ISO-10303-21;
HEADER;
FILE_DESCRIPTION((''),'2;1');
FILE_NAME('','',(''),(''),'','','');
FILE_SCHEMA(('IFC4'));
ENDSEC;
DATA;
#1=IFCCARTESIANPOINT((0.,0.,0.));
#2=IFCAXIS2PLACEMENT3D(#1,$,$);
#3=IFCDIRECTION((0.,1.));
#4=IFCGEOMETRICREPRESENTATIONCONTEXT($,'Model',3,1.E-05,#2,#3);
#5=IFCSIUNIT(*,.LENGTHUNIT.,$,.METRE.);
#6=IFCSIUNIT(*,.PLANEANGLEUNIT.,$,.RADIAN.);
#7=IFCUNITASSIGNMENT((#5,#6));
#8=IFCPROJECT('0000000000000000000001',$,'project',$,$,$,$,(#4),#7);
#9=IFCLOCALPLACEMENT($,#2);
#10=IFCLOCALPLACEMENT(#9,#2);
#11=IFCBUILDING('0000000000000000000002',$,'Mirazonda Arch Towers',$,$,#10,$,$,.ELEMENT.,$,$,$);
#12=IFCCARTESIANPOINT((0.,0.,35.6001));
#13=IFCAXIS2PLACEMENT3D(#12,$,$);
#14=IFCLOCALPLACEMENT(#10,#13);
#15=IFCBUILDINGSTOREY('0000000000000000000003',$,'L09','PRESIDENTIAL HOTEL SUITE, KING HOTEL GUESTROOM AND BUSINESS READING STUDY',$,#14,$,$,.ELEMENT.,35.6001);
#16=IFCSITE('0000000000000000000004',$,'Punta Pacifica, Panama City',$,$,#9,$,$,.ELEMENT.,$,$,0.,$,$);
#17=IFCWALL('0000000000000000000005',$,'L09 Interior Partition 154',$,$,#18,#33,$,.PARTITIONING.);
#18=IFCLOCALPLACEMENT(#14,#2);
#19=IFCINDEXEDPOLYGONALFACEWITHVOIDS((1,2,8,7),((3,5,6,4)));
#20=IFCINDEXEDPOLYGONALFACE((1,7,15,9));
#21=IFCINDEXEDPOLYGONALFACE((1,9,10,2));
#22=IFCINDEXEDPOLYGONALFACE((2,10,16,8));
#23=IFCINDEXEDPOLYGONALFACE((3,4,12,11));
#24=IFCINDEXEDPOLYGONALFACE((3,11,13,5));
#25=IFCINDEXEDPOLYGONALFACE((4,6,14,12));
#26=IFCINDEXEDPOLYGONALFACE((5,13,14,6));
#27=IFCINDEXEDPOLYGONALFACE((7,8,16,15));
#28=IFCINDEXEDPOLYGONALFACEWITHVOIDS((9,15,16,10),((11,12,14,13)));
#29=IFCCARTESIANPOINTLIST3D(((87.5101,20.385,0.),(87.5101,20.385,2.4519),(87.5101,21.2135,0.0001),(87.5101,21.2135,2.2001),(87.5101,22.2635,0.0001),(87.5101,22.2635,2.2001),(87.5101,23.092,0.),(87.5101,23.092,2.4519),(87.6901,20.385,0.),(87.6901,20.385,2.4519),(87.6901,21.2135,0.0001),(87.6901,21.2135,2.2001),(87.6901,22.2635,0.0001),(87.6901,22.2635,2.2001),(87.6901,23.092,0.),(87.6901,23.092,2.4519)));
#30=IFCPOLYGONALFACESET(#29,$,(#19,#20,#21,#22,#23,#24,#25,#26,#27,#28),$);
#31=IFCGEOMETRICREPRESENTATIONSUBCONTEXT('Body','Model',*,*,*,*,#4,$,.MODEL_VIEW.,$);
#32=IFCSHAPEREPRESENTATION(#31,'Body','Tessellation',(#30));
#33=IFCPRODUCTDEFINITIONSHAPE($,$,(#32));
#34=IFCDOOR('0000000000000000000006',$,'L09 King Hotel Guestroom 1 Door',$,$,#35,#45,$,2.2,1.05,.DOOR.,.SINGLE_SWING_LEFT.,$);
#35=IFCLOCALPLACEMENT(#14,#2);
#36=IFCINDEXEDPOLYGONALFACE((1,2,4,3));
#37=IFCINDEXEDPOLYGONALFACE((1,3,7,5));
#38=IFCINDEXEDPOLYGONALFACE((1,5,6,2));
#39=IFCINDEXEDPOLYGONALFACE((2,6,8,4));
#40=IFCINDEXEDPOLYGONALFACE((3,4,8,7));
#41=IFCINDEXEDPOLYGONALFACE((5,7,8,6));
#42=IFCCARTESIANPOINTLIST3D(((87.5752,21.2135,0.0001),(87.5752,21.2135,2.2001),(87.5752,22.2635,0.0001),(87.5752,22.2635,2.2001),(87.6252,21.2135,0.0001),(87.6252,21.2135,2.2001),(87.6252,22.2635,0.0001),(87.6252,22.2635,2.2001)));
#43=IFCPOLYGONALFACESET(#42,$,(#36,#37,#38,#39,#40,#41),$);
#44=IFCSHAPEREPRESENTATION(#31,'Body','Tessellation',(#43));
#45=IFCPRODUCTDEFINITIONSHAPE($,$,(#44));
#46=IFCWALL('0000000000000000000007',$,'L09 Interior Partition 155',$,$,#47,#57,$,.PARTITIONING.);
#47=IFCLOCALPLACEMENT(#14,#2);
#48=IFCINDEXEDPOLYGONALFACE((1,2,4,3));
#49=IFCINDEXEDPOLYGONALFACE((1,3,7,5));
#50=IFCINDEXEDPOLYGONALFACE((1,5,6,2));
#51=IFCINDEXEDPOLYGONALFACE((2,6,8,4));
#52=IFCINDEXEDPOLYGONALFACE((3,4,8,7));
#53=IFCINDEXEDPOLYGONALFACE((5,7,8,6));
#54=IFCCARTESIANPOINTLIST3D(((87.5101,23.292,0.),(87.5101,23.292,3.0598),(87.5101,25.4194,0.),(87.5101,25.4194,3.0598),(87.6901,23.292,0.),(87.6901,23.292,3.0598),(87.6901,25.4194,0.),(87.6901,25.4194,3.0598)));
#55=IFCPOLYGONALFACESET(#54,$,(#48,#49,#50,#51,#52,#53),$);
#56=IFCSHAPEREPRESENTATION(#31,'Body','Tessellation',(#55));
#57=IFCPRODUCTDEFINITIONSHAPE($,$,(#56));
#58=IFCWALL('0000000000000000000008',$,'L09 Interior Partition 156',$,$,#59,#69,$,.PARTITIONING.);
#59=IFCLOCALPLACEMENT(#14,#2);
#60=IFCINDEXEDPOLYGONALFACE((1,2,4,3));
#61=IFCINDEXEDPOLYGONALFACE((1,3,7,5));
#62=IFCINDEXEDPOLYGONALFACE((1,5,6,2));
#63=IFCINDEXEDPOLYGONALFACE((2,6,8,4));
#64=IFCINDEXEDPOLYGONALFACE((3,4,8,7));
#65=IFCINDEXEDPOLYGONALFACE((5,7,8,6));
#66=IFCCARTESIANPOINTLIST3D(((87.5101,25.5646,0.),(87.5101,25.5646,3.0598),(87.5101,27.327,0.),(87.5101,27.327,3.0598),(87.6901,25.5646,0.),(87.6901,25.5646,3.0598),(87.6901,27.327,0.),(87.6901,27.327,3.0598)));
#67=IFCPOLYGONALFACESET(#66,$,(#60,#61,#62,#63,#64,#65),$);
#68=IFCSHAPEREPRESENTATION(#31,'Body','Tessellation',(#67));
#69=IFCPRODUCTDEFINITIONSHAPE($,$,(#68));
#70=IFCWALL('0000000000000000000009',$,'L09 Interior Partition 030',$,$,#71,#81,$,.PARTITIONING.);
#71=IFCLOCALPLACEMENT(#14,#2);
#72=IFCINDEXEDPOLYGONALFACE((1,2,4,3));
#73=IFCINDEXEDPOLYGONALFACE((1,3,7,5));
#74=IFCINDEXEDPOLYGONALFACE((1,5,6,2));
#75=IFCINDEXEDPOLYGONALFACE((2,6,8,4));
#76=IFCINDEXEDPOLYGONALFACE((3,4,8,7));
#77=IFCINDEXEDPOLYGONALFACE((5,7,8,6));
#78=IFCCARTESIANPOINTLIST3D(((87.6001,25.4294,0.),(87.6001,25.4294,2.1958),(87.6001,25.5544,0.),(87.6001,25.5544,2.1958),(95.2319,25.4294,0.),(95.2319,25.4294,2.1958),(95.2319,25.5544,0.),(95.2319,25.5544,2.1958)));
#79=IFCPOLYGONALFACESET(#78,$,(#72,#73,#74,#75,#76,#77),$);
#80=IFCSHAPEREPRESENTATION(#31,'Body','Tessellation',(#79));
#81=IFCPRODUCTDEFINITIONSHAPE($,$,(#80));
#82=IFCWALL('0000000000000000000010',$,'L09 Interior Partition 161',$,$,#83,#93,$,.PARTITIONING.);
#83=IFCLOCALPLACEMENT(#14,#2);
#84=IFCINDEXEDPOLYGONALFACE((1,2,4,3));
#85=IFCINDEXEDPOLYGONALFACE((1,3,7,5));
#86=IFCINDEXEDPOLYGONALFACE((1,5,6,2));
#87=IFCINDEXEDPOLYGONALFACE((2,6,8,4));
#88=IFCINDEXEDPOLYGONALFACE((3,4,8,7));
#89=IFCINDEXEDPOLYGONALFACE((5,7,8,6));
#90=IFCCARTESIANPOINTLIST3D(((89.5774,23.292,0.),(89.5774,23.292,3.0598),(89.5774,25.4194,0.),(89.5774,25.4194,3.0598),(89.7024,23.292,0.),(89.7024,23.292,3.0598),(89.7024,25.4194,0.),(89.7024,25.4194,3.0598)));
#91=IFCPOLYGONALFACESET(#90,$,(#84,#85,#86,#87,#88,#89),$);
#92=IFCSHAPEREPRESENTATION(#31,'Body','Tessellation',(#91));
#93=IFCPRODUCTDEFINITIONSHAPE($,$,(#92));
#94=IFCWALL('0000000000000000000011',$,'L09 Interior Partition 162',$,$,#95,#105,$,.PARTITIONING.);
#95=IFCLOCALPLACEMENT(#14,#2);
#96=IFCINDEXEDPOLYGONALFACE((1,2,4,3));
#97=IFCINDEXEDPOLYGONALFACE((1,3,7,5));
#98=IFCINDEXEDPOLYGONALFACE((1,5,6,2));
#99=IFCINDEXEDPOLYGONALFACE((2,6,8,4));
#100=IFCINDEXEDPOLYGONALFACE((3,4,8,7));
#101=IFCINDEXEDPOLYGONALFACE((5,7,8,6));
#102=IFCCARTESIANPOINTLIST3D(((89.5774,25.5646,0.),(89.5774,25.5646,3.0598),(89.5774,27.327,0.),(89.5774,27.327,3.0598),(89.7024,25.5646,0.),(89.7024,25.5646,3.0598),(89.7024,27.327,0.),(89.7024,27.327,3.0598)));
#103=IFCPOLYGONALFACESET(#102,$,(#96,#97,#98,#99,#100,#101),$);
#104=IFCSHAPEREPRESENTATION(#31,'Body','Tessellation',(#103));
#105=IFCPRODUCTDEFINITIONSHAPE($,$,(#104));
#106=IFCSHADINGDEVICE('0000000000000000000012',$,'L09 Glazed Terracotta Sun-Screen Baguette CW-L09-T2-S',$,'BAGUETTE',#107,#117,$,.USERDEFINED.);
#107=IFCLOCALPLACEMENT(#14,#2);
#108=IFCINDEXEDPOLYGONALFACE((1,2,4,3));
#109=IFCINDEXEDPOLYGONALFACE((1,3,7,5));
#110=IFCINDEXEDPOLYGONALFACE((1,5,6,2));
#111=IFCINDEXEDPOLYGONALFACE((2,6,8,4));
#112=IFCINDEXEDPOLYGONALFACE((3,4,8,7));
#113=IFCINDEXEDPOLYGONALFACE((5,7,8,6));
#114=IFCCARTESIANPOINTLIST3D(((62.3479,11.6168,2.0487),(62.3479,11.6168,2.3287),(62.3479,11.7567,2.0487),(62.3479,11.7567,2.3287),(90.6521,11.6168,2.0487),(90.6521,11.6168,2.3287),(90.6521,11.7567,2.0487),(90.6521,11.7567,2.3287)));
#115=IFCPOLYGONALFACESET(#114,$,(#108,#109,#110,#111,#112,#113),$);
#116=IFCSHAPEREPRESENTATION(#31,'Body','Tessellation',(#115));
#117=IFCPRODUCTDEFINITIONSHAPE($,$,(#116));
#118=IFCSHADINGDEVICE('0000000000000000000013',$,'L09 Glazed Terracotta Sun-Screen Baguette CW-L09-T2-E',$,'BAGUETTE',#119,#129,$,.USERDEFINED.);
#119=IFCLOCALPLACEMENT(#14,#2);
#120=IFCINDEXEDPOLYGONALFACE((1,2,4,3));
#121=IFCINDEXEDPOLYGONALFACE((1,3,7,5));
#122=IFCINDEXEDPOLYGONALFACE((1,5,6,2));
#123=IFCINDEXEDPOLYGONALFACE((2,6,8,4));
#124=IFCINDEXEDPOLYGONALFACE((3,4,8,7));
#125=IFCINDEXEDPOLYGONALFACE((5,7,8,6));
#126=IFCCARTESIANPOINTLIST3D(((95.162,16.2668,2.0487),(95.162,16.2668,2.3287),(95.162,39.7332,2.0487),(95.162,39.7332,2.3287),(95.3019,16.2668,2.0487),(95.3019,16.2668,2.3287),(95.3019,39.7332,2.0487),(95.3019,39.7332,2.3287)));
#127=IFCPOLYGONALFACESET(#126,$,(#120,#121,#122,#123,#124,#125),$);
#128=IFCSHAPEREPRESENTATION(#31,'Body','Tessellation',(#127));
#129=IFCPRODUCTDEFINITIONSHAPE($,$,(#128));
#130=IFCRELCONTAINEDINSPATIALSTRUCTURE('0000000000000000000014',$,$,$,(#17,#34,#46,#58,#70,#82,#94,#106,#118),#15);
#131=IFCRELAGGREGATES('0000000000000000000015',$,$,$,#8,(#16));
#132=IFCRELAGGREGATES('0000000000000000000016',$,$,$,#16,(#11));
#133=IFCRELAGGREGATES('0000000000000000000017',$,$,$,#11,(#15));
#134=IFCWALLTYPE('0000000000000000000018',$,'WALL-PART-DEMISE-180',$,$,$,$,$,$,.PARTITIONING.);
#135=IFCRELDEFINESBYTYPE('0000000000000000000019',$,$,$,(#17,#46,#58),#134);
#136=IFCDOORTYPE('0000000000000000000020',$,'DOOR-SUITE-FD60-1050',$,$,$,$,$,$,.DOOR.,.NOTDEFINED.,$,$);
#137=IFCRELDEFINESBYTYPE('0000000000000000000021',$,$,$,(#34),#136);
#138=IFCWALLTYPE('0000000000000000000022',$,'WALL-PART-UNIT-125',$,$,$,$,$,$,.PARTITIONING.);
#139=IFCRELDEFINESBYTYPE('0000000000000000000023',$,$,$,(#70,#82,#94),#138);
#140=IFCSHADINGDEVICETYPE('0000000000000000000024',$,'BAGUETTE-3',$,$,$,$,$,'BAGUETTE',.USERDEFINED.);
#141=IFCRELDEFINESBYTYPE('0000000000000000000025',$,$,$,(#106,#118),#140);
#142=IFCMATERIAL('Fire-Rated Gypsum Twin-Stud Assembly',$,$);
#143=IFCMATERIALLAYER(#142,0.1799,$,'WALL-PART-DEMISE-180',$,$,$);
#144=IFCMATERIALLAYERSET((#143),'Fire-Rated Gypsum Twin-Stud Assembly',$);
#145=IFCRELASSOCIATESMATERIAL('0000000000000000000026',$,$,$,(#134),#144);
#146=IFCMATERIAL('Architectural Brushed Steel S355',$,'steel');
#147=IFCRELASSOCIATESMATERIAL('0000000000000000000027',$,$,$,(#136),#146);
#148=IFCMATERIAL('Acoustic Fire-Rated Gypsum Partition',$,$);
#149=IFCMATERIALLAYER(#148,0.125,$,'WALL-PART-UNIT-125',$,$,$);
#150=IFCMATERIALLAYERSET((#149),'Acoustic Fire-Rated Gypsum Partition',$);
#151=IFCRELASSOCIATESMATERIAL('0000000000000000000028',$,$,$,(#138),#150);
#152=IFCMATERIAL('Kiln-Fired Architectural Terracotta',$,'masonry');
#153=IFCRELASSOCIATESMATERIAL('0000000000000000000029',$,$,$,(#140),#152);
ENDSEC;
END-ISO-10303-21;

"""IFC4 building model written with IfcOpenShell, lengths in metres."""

from ifc_helpers import new_model, si_unit, direction, frame, frame_2d, origin, origin_2d, place, context, subcontext, project, spatial, rectangle, extrude, material, layer, layer_set, material_profile, profile_set, type_object, element, fill, save


model = new_model("IFC4")

# Units and contexts
model_context = context("Model", 3, precision=1e-05, world=origin(), true_north=direction((0.0, 1.0)))
body_context = subcontext(model_context, "Body", "Model", "MODEL_VIEW")
ifc_project = project(units=[si_unit("LENGTHUNIT", "METRE"), si_unit("PLANEANGLEUNIT", "RADIAN")], contexts=[model_context])

# Site, building, storey
site_placement = place(None, origin())
site = spatial("IfcSite", under=ifc_project, at=site_placement, Name="Punta Pacifica, Panama City", CompositionType="ELEMENT", RefElevation=0.0)
building_placement = place(site_placement, origin())
building = spatial("IfcBuilding", under=site, at=building_placement, Name="Mirazonda Arch Towers", CompositionType="ELEMENT")
storey_placement = place(building_placement, frame((0.0, 0.0, 35.6001)))
storey = spatial("IfcBuildingStorey", under=building, at=storey_placement, Name="L09", Description="PRESIDENTIAL HOTEL SUITE, KING HOTEL GUESTROOM AND BUSINESS READING STUDY", CompositionType="ELEMENT", Elevation=35.6001)

# Shared definitions
ifc_material_1 = material(Name="Fire-Rated Gypsum Twin-Stud Assembly")
ifc_layer_1 = layer(ifc_material_1, 0.1799, Name="WALL-PART-DEMISE-180")
ifc_layer_set_1 = layer_set([ifc_layer_1], Name="Fire-Rated Gypsum Twin-Stud Assembly")
wall_type_1 = type_object("IfcWallType", Name="WALL-PART-DEMISE-180", PredefinedType="PARTITIONING", material=ifc_layer_set_1)

# Shared definitions
ifc_material_2 = material(Name="Architectural Brushed Steel S355", Category="steel")

# Wall, opening, door
wall_1_placement = place(storey_placement, frame((87.6001, 20.385, 0.0), z_axis=(0.0, 0.0, 1.0), x_axis=(0.0, 1.0, 0.0)))
wall_1 = element("IfcWall", 1, at=wall_1_placement, inside=storey, type_object=wall_type_1, Name="L09 Interior Partition 154", PredefinedType="PARTITIONING", context=body_context, shape_type="SweptSolid", body=[
    extrude(rectangle(XDim=2.707, YDim=0.1799, at=frame_2d((1.3535, 0.0))), origin(), (0.0, 0.0, 1.0), 2.4519),
])
opening_1_placement = place(wall_1_placement, frame((0.8286, 0.0, 0.0)))
opening_1 = element("IfcOpeningElement", 2, at=opening_1_placement, cuts=wall_1, PredefinedType="OPENING", context=body_context, shape_type="SweptSolid", body=[
    extrude(rectangle(XDim=1.05, YDim=2.2, at=frame_2d((0.5249, 1.1001))), frame((0.0, 0.0999, 0.0), z_axis=(0.0, -1.0, 0.0), x_axis=(1.0, 0.0, 0.0)), (0.0, 0.0, 1.0), 0.2),
])
door_type_1 = type_object("IfcDoorType", Name="DOOR-SUITE-FD60-1050", OperationType="NOTDEFINED", PredefinedType="DOOR", material=ifc_material_2)
door_1_placement = place(opening_1_placement, origin())
door_1 = element("IfcDoor", 3, at=door_1_placement, inside=storey, type_object=door_type_1, Name="L09 King Hotel Guestroom 1 Door", OperationType="SINGLE_SWING_LEFT", OverallHeight=2.2, OverallWidth=1.05, PredefinedType="DOOR", context=body_context, shape_type="SweptSolid", body=[
    extrude(rectangle(XDim=1.05, YDim=2.2, at=frame_2d((0.5249, 1.1001))), frame((0.0, 0.0249, 0.0), z_axis=(0.0, -1.0, 0.0), x_axis=(1.0, 0.0, 0.0)), (0.0, 0.0, 1.0), 0.05),
])
fill(opening_1, door_1)

# Walls
wall_2_placement = place(storey_placement, frame((87.6001, 23.292, 0.0), z_axis=(0.0, 0.0, 1.0), x_axis=(0.0, 1.0, 0.0)))
element("IfcWall", 4, at=wall_2_placement, inside=storey, type_object=wall_type_1, Name="L09 Interior Partition 155", PredefinedType="PARTITIONING", context=body_context, shape_type="SweptSolid", body=[
    extrude(rectangle(XDim=2.1274, YDim=0.1799, at=frame_2d((1.0637, 0.0))), origin(), (0.0, 0.0, 1.0), 3.0598),
])
wall_3_placement = place(storey_placement, frame((87.6001, 25.5645, 0.0), z_axis=(0.0, 0.0, 1.0), x_axis=(0.0, 1.0, 0.0)))
element("IfcWall", 5, at=wall_3_placement, inside=storey, type_object=wall_type_1, Name="L09 Interior Partition 156", PredefinedType="PARTITIONING", context=body_context, shape_type="SweptSolid", body=[
    extrude(rectangle(XDim=1.7625, YDim=0.1799, at=frame_2d((0.8813, 0.0))), origin(), (0.0, 0.0, 1.0), 3.0598),
])
ifc_material_3 = material(Name="Acoustic Fire-Rated Gypsum Partition")
ifc_layer_2 = layer(ifc_material_3, 0.125, Name="WALL-PART-UNIT-125")
ifc_layer_set_2 = layer_set([ifc_layer_2], Name="Acoustic Fire-Rated Gypsum Partition")
wall_type_2 = type_object("IfcWallType", Name="WALL-PART-UNIT-125", PredefinedType="PARTITIONING", material=ifc_layer_set_2)
wall_4_placement = place(storey_placement, frame((87.6001, 25.4919, 0.0), z_axis=(0.0, 0.0, 1.0), x_axis=(1.0, 0.0, 0.0)))
element("IfcWall", 6, at=wall_4_placement, inside=storey, type_object=wall_type_2, Name="L09 Interior Partition 030", PredefinedType="PARTITIONING", context=body_context, shape_type="SweptSolid", body=[
    extrude(rectangle(XDim=7.6318, YDim=0.125, at=frame_2d((3.8159, 0.0))), origin(), (0.0, 0.0, 1.0), 2.1958),
])
wall_5_placement = place(storey_placement, frame((89.6399, 23.292, 0.0), z_axis=(0.0, 0.0, 1.0), x_axis=(0.0, 1.0, 0.0)))
element("IfcWall", 7, at=wall_5_placement, inside=storey, type_object=wall_type_2, Name="L09 Interior Partition 161", PredefinedType="PARTITIONING", context=body_context, shape_type="SweptSolid", body=[
    extrude(rectangle(XDim=2.1274, YDim=0.125, at=frame_2d((1.0637, 0.0))), origin(), (0.0, 0.0, 1.0), 3.0598),
])
wall_6_placement = place(storey_placement, frame((89.6399, 25.5645, 0.0), z_axis=(0.0, 0.0, 1.0), x_axis=(0.0, 1.0, 0.0)))
element("IfcWall", 8, at=wall_6_placement, inside=storey, type_object=wall_type_2, Name="L09 Interior Partition 162", PredefinedType="PARTITIONING", context=body_context, shape_type="SweptSolid", body=[
    extrude(rectangle(XDim=1.7625, YDim=0.125, at=frame_2d((0.8813, 0.0))), origin(), (0.0, 0.0, 1.0), 3.0598),
])

# Shading devices
ifc_material_4 = material(Name="Kiln-Fired Architectural Terracotta", Category="masonry")
ifc_material_profile_1 = material_profile(ifc_material_4, rectangle(XDim=0.1399, YDim=0.28, at=origin_2d()), Name="TERRA-BAG-140x280")
ifc_profile_set_1 = profile_set([ifc_material_profile_1], Name="Kiln-Fired Architectural Terracotta")
shading_device_type = type_object("IfcShadingDeviceType", Name="BAGUETTE-3", ElementType="BAGUETTE", PredefinedType="USERDEFINED", material=ifc_profile_set_1)
shading_device_1_placement = place(storey_placement, frame((90.6521, 11.6868, 2.1887), z_axis=(-1.0, 0.0, 0.0), x_axis=(0.0, -1.0, 0.0)))
element("IfcShadingDevice", 9, at=shading_device_1_placement, inside=storey, type_object=shading_device_type, Name="L09 Glazed Terracotta Sun-Screen Baguette CW-L09-T2-S", ObjectType="BAGUETTE", PredefinedType="USERDEFINED", context=body_context, shape_type="SweptSolid", body=[
    extrude(rectangle(XDim=0.1399, YDim=0.28, at=origin_2d()), origin(), (0.0, 0.0, 1.0), 28.3042),
])
shading_device_2_placement = place(storey_placement, frame((95.2319, 16.2668, 2.1887), z_axis=(0.0, 1.0, 0.0), x_axis=(-1.0, 0.0, 0.0)))
element("IfcShadingDevice", 10, at=shading_device_2_placement, inside=storey, type_object=shading_device_type, Name="L09 Glazed Terracotta Sun-Screen Baguette CW-L09-T2-E", ObjectType="BAGUETTE", PredefinedType="USERDEFINED", context=body_context, shape_type="SweptSolid", body=[
    extrude(rectangle(XDim=0.1399, YDim=0.28, at=origin_2d()), origin(), (0.0, 0.0, 1.0), 23.4663),
])

save(model, "model.ifc")
